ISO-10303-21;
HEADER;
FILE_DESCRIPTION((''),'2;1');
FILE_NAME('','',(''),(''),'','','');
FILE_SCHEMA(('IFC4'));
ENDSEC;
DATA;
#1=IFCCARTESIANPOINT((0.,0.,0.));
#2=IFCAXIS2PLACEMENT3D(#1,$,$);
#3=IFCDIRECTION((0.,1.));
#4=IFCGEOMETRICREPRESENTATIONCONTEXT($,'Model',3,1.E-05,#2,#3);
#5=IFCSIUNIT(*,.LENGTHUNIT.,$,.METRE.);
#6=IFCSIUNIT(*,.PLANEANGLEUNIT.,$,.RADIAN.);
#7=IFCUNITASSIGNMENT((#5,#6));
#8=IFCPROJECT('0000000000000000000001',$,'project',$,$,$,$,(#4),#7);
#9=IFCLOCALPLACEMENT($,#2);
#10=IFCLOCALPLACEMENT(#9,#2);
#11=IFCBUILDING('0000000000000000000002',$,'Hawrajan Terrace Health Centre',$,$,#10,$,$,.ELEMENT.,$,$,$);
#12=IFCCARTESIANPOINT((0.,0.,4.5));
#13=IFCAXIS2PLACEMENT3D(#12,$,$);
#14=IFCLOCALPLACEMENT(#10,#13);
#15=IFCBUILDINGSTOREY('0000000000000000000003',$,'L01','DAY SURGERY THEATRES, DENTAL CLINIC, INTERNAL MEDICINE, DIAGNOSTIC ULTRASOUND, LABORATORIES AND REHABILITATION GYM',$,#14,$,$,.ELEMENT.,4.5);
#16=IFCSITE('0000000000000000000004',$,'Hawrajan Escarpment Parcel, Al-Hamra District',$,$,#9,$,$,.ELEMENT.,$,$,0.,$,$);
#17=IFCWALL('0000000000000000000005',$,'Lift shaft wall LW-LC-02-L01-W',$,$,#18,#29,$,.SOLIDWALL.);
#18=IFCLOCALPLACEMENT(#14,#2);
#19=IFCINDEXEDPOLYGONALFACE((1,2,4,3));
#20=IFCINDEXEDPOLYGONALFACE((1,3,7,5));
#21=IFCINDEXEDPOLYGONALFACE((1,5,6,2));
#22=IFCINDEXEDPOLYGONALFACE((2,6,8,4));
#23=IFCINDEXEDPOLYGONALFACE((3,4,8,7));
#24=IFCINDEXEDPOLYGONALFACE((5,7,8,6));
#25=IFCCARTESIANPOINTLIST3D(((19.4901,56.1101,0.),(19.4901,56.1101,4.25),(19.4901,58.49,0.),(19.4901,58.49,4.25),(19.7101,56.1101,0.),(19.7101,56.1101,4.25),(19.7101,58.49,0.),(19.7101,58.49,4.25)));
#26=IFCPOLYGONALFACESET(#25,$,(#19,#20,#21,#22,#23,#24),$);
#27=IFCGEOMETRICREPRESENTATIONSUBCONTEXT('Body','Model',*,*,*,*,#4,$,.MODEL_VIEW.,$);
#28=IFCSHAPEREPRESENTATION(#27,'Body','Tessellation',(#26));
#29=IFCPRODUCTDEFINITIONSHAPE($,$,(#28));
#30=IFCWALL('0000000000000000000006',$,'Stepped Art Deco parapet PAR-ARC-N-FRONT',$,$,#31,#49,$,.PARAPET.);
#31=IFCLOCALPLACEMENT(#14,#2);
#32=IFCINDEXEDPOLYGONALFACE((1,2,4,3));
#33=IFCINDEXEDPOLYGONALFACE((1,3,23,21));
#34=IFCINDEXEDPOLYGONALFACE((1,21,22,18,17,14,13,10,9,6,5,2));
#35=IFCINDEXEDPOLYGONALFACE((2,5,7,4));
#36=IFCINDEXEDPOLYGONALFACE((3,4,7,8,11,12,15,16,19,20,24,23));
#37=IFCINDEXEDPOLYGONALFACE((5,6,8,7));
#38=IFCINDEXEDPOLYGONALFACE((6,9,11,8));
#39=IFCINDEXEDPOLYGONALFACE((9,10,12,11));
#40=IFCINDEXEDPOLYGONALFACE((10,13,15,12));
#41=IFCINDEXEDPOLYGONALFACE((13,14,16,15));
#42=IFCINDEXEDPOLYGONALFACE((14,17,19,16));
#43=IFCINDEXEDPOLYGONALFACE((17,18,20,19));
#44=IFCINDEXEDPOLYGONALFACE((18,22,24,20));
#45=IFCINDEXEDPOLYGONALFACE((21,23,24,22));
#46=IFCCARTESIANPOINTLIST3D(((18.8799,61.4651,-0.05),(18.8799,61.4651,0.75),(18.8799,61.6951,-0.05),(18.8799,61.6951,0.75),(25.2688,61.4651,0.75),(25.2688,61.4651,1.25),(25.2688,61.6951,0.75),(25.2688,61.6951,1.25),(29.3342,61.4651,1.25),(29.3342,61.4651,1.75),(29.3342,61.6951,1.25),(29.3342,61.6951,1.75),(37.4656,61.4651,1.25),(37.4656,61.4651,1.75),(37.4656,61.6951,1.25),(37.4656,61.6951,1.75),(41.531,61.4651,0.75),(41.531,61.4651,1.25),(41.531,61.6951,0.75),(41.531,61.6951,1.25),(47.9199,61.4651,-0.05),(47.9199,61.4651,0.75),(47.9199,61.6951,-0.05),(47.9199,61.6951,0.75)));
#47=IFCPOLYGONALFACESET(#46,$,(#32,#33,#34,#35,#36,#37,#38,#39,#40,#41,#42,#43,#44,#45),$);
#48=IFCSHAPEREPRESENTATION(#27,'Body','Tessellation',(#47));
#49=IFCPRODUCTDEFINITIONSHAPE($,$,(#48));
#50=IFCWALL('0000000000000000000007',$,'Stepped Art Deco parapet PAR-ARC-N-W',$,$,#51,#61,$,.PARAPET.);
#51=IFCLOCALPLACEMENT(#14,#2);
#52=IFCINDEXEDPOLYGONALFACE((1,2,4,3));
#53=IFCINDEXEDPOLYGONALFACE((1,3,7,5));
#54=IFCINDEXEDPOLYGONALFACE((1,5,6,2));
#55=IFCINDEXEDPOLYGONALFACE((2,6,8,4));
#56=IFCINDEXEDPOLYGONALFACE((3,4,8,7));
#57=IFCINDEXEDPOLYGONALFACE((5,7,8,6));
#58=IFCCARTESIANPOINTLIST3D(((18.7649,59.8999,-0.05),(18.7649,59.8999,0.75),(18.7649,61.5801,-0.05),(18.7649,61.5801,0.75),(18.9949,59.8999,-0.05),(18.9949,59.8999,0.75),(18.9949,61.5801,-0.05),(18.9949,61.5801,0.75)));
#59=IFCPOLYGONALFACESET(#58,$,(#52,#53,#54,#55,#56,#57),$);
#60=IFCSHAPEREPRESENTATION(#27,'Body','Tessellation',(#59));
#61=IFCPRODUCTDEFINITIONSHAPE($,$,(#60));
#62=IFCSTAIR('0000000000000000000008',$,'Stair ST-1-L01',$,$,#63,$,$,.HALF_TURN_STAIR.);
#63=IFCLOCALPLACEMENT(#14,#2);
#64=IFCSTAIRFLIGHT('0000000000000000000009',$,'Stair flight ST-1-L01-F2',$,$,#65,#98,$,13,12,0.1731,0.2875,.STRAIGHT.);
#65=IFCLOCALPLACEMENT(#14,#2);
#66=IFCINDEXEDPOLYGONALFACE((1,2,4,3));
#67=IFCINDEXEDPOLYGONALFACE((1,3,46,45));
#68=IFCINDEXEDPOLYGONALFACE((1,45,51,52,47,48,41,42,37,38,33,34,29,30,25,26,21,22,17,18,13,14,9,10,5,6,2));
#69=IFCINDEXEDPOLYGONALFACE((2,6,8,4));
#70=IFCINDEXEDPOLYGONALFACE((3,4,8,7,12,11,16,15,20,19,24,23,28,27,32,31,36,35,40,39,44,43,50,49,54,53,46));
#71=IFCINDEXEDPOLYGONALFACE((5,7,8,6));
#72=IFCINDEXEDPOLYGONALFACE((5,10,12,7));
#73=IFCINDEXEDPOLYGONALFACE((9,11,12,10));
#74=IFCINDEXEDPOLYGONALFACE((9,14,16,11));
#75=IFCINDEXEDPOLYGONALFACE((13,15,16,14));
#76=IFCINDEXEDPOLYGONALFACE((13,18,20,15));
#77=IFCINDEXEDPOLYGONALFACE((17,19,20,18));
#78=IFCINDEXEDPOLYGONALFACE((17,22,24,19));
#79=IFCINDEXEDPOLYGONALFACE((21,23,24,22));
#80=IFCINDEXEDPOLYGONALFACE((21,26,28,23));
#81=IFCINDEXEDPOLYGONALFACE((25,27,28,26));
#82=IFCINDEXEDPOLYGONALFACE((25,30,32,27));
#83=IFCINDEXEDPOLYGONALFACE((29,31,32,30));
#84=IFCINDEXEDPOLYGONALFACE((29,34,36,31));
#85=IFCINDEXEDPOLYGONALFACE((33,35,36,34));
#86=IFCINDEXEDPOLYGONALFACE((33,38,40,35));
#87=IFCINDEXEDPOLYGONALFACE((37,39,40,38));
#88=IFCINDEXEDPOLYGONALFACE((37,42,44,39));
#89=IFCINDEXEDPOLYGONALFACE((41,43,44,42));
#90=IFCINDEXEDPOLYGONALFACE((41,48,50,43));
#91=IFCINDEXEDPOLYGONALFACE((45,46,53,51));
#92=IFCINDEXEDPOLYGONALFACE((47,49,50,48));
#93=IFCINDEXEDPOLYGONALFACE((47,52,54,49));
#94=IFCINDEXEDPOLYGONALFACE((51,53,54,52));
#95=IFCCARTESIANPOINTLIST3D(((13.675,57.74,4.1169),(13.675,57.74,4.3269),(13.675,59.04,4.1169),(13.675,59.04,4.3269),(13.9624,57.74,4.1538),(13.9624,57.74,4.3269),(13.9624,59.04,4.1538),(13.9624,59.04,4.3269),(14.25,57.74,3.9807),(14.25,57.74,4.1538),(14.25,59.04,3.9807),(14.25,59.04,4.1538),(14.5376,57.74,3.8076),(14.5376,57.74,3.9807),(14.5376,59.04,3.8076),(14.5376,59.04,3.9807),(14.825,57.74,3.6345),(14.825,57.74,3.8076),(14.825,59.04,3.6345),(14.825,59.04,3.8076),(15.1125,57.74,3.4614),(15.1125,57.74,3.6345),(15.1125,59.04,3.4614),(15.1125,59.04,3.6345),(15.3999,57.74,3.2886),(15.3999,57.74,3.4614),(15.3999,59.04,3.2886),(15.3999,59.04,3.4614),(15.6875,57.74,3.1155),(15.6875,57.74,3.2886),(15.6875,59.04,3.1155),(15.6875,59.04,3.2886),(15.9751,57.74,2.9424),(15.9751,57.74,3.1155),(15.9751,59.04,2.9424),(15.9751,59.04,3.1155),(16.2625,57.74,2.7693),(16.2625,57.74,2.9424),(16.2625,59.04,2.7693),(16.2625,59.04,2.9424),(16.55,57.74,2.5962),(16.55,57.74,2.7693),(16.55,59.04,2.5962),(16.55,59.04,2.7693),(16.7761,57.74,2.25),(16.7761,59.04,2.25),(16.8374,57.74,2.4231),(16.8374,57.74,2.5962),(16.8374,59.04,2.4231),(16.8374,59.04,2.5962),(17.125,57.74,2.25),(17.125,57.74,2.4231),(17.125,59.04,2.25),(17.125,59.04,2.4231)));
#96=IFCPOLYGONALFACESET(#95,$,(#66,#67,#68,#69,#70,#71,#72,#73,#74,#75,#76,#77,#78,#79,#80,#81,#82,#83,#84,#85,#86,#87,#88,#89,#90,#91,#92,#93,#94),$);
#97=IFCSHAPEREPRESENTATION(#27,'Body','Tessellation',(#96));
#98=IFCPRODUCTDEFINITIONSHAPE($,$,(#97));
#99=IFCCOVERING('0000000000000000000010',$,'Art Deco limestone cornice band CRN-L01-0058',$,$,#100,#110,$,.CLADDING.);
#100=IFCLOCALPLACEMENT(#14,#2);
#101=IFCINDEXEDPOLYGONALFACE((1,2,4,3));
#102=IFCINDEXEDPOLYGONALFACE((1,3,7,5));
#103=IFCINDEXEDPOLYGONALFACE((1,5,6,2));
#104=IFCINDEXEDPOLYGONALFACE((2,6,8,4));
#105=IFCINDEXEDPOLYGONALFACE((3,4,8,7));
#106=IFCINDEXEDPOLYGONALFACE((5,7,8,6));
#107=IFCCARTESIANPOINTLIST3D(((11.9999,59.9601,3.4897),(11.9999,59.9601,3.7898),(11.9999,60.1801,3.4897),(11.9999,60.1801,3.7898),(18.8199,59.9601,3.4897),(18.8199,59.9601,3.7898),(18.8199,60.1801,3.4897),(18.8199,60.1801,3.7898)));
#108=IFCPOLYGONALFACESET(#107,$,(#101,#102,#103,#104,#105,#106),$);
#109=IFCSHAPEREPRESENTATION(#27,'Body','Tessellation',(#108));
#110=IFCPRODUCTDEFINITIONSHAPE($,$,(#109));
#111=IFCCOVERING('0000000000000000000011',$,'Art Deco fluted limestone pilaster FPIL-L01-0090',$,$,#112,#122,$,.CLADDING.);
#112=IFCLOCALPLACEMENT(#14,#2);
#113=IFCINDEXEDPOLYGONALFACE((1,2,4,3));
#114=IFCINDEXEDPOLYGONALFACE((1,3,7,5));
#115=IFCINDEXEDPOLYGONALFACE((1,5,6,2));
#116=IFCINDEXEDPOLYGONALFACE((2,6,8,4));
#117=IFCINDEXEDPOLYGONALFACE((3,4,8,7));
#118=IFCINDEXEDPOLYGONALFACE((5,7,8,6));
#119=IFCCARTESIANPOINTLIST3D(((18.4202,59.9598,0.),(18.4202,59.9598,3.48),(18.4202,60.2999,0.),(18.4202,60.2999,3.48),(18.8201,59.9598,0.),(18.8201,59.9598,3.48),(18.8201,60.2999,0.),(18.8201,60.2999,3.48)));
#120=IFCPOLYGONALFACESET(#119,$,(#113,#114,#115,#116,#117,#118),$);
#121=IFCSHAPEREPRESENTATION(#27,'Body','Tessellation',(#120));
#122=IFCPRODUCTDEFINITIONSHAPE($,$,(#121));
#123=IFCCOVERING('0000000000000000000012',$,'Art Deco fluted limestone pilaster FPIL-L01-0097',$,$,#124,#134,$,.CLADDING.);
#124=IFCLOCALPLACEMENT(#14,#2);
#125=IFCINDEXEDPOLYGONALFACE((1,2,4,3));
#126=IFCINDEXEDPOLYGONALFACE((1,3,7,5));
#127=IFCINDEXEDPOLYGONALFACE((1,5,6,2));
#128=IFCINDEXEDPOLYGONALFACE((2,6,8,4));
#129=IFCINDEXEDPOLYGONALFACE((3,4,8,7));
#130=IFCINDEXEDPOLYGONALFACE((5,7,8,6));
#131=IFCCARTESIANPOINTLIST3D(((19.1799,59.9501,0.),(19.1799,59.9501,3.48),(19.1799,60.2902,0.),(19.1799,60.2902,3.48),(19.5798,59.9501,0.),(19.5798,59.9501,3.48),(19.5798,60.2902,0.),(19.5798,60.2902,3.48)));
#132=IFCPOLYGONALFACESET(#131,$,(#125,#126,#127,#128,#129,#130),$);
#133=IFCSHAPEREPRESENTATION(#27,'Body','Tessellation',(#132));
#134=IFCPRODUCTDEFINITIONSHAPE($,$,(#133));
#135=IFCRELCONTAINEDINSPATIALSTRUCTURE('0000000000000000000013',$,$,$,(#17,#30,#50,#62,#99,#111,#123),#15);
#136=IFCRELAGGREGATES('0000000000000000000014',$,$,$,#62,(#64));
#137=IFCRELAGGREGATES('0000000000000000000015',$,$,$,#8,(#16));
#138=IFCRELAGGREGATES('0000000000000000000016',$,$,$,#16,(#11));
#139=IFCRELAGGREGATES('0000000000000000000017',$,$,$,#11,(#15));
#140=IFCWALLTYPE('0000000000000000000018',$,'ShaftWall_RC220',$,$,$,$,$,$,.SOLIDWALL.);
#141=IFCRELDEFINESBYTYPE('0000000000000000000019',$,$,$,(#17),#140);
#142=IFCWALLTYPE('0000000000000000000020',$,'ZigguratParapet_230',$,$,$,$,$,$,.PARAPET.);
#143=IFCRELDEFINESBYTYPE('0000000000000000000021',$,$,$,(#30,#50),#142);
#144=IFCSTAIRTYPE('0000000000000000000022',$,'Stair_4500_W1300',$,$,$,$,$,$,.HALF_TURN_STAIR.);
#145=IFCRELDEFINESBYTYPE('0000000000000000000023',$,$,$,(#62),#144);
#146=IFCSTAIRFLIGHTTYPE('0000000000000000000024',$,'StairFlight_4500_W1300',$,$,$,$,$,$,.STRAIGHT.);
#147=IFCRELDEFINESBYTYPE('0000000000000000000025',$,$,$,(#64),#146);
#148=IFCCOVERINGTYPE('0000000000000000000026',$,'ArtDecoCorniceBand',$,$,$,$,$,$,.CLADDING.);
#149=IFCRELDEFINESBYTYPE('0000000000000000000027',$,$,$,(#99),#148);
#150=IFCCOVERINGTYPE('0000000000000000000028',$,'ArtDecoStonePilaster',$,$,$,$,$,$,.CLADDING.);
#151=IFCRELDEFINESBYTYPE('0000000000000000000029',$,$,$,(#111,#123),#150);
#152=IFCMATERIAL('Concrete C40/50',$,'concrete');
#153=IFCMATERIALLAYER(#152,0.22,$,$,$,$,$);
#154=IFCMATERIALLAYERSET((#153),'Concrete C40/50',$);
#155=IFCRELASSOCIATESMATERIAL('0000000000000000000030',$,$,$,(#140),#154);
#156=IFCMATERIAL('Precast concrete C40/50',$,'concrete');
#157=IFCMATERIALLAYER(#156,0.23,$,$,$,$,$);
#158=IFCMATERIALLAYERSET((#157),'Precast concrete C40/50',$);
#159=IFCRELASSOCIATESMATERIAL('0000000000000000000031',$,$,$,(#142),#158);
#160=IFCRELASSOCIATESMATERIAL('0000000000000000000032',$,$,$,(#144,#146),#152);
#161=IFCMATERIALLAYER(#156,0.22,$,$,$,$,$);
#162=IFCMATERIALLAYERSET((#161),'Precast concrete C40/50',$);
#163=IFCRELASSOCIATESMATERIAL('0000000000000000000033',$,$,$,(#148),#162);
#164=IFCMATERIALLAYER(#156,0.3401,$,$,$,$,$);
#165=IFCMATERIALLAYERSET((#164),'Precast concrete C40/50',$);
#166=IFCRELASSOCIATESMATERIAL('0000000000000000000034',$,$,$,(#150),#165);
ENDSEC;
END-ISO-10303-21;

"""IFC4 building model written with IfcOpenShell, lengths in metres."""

from ifc_helpers import new_model, si_unit, direction, frame, frame_2d, origin, origin_2d, place, context, subcontext, project, spatial, polyline, rectangle, outline, extrude, material, layer, layer_set, type_object, element, aggregate, save


model = new_model("IFC4")

# Units and contexts
model_context = context("Model", 3, precision=1e-05, world=origin(), true_north=direction((0.0, 1.0)))
body_context = subcontext(model_context, "Body", "Model", "MODEL_VIEW")
ifc_project = project(units=[si_unit("LENGTHUNIT", "METRE"), si_unit("PLANEANGLEUNIT", "RADIAN")], contexts=[model_context])

# Site, building, storey
site_placement = place(None, origin())
site = spatial("IfcSite", under=ifc_project, at=site_placement, Name="Hawrajan Escarpment Parcel, Al-Hamra District", CompositionType="ELEMENT", RefElevation=0.0)
building_placement = place(site_placement, origin())
building = spatial("IfcBuilding", under=site, at=building_placement, Name="Hawrajan Terrace Health Centre", CompositionType="ELEMENT")
storey_placement = place(building_placement, frame((0.0, 0.0, 4.5)))
storey = spatial("IfcBuildingStorey", under=building, at=storey_placement, Name="L01", Description="DAY SURGERY THEATRES, DENTAL CLINIC, INTERNAL MEDICINE, DIAGNOSTIC ULTRASOUND, LABORATORIES AND REHABILITATION GYM", CompositionType="ELEMENT", Elevation=4.5)

# Shared definitions
ifc_material_1 = material(Name="Concrete C40/50", Category="concrete")

# Shared definitions
ifc_material_2 = material(Name="Precast concrete C40/50", Category="concrete")

# Shared definitions
ifc_layer_1 = layer(ifc_material_1, 0.22)
ifc_layer_set_1 = layer_set([ifc_layer_1], Name="Concrete C40/50")
wall_type_1 = type_object("IfcWallType", Name="ShaftWall_RC220", PredefinedType="SOLIDWALL", material=ifc_layer_set_1)

# Walls
wall_1_placement = place(storey_placement, frame((19.6001, 56.1101, 0.0), z_axis=(0.0, 0.0, 1.0), x_axis=(0.0, 1.0, 0.0)))
element("IfcWall", 1, at=wall_1_placement, inside=storey, type_object=wall_type_1, Name="Lift shaft wall LW-LC-02-L01-W", PredefinedType="SOLIDWALL", context=body_context, shape_type="SweptSolid", body=[
    extrude(rectangle(XDim=2.3799, YDim=0.22, at=frame_2d((1.1899, 0.0))), origin(), (0.0, 0.0, 1.0), 4.25),
])
ifc_layer_2 = layer(ifc_material_2, 0.23)
ifc_layer_set_2 = layer_set([ifc_layer_2], Name="Precast concrete C40/50")
wall_type_2 = type_object("IfcWallType", Name="ZigguratParapet_230", PredefinedType="PARAPET", material=ifc_layer_set_2)
wall_2_placement = place(storey_placement, frame((18.8799, 61.5801, -0.05), z_axis=(0.0, 0.0, 1.0), x_axis=(1.0, 0.0, 0.0)))
element("IfcWall", 2, at=wall_2_placement, inside=storey, type_object=wall_type_2, Name="Stepped Art Deco parapet PAR-ARC-N-FRONT", PredefinedType="PARAPET", context=body_context, shape_type="SweptSolid", body=[
    extrude(outline(polyline([(0.0, 0.0), (29.04, 0.0), (29.04, 0.8), (22.6511, 1.3), (22.6511, 0.8), (18.5857, 1.8), (18.5857, 1.3), (10.4543, 1.8), (10.4543, 1.3), (6.3889, 1.3), (6.3889, 0.8), (0.0, 0.8), (0.0, 0.0)])), frame((0.0, 0.115, 0.0), z_axis=(0.0, -1.0, 0.0), x_axis=(1.0, 0.0, 0.0)), (0.0, 0.0, 1.0), 0.23),
])
wall_3_placement = place(storey_placement, frame((18.8799, 59.8999, -0.05), z_axis=(0.0, 0.0, 1.0), x_axis=(0.0, 1.0, 0.0)))
element("IfcWall", 3, at=wall_3_placement, inside=storey, type_object=wall_type_2, Name="Stepped Art Deco parapet PAR-ARC-N-W", PredefinedType="PARAPET", context=body_context, shape_type="SweptSolid", body=[
    extrude(rectangle(XDim=1.6802, YDim=0.23, at=frame_2d((0.8401, 0.0))), origin(), (0.0, 0.0, 1.0), 0.8),
])

# Stair, stair flight
stair_type = type_object("IfcStairType", Name="Stair_4500_W1300", PredefinedType="HALF_TURN_STAIR", material=ifc_material_1)
stair_placement = place(storey_placement, origin())
stair = element("IfcStair", 4, at=stair_placement, inside=storey, type_object=stair_type, Name="Stair ST-1-L01", PredefinedType="HALF_TURN_STAIR")
stair_flight_type = type_object("IfcStairFlightType", Name="StairFlight_4500_W1300", PredefinedType="STRAIGHT", material=ifc_material_1)
stair_flight_placement = place(storey_placement, frame((17.125, 58.3899, 2.25), z_axis=(0.0, 0.0, 1.0), x_axis=(-1.0, 0.0, 0.0)))
stair_flight = element("IfcStairFlight", 5, at=stair_flight_placement, type_object=stair_flight_type, Name="Stair flight ST-1-L01-F2", NumberOfRisers=13, NumberOfTreads=12, PredefinedType="STRAIGHT", RiserHeight=0.1731, TreadLength=0.2875, context=body_context, shape_type="SweptSolid", body=[
    extrude(outline(polyline([(0.0, 0.0), (0.0, 0.1731), (0.2876, 0.1731), (0.2876, 0.3462), (0.575, 0.3462), (0.575, 0.5193), (0.8625, 0.5193), (0.8625, 0.6924), (1.1499, 0.6924), (1.1499, 0.8655), (1.4375, 0.8655), (1.4375, 1.0386), (1.7251, 1.0386), (1.7251, 1.2114), (2.0125, 1.2114), (2.0125, 1.3845), (2.3, 1.3845), (2.3, 1.5576), (2.5874, 1.5576), (2.5874, 1.7307), (2.875, 1.7307), (2.875, 1.9038), (3.1626, 1.9038), (3.1626, 2.0769), (3.45, 2.0769), (3.45, 2.25), (3.45, 1.8669), (0.3489, 0.0), (0.0, 0.0)])), frame((0.0, 0.6499, 0.0), z_axis=(0.0, -1.0, 0.0), x_axis=(1.0, 0.0, 0.0)), (0.0, 0.0, 1.0), 1.3),
])
aggregate(stair, [stair_flight])

# Coverings
ifc_layer_3 = layer(ifc_material_2, 0.22)
ifc_layer_set_3 = layer_set([ifc_layer_3], Name="Precast concrete C40/50")
covering_type_1 = type_object("IfcCoveringType", Name="ArtDecoCorniceBand", PredefinedType="CLADDING", material=ifc_layer_set_3)
covering_placement = place(storey_placement, frame((15.4099, 60.0701, 3.4897), z_axis=(0.0, 0.0, 1.0), x_axis=(1.0, 0.0, 0.0)))
element("IfcCovering", 6, at=covering_placement, inside=storey, type_object=covering_type_1, Name="Art Deco limestone cornice band CRN-L01-0058", PredefinedType="CLADDING", context=body_context, shape_type="SweptSolid", body=[
    extrude(rectangle(XDim=6.8201, YDim=0.22, at=origin_2d()), origin(), (0.0, 0.0, 1.0), 0.3),
])
ifc_layer_4 = layer(ifc_material_2, 0.3401)
ifc_layer_set_4 = layer_set([ifc_layer_4], Name="Precast concrete C40/50")
covering_type_2 = type_object("IfcCoveringType", Name="ArtDecoStonePilaster", PredefinedType="CLADDING", material=ifc_layer_set_4)
for number, where, z_axis, x_axis, name in (
    (7, (18.6201, 60.1299, 0.0), (0.0, 0.0, 1.0), (1.0, 0.0, 0.0), "Art Deco fluted limestone pilaster FPIL-L01-0090"),
    (8, (19.3799, 60.1201, 0.0), (0.0, 0.0, 1.0), (1.0, 0.0, 0.0), "Art Deco fluted limestone pilaster FPIL-L01-0097"),
):
    element("IfcCovering", number, at=place(storey_placement, frame(where, z_axis=z_axis, x_axis=x_axis)), inside=storey, type_object=covering_type_2, Name=name, PredefinedType="CLADDING", context=body_context, shape_type="SweptSolid", body=[
        extrude(rectangle(XDim=0.3999, YDim=0.3401, at=origin_2d()), origin(), (0.0, 0.0, 1.0), 3.48),
    ])

save(model, "model.ifc")
